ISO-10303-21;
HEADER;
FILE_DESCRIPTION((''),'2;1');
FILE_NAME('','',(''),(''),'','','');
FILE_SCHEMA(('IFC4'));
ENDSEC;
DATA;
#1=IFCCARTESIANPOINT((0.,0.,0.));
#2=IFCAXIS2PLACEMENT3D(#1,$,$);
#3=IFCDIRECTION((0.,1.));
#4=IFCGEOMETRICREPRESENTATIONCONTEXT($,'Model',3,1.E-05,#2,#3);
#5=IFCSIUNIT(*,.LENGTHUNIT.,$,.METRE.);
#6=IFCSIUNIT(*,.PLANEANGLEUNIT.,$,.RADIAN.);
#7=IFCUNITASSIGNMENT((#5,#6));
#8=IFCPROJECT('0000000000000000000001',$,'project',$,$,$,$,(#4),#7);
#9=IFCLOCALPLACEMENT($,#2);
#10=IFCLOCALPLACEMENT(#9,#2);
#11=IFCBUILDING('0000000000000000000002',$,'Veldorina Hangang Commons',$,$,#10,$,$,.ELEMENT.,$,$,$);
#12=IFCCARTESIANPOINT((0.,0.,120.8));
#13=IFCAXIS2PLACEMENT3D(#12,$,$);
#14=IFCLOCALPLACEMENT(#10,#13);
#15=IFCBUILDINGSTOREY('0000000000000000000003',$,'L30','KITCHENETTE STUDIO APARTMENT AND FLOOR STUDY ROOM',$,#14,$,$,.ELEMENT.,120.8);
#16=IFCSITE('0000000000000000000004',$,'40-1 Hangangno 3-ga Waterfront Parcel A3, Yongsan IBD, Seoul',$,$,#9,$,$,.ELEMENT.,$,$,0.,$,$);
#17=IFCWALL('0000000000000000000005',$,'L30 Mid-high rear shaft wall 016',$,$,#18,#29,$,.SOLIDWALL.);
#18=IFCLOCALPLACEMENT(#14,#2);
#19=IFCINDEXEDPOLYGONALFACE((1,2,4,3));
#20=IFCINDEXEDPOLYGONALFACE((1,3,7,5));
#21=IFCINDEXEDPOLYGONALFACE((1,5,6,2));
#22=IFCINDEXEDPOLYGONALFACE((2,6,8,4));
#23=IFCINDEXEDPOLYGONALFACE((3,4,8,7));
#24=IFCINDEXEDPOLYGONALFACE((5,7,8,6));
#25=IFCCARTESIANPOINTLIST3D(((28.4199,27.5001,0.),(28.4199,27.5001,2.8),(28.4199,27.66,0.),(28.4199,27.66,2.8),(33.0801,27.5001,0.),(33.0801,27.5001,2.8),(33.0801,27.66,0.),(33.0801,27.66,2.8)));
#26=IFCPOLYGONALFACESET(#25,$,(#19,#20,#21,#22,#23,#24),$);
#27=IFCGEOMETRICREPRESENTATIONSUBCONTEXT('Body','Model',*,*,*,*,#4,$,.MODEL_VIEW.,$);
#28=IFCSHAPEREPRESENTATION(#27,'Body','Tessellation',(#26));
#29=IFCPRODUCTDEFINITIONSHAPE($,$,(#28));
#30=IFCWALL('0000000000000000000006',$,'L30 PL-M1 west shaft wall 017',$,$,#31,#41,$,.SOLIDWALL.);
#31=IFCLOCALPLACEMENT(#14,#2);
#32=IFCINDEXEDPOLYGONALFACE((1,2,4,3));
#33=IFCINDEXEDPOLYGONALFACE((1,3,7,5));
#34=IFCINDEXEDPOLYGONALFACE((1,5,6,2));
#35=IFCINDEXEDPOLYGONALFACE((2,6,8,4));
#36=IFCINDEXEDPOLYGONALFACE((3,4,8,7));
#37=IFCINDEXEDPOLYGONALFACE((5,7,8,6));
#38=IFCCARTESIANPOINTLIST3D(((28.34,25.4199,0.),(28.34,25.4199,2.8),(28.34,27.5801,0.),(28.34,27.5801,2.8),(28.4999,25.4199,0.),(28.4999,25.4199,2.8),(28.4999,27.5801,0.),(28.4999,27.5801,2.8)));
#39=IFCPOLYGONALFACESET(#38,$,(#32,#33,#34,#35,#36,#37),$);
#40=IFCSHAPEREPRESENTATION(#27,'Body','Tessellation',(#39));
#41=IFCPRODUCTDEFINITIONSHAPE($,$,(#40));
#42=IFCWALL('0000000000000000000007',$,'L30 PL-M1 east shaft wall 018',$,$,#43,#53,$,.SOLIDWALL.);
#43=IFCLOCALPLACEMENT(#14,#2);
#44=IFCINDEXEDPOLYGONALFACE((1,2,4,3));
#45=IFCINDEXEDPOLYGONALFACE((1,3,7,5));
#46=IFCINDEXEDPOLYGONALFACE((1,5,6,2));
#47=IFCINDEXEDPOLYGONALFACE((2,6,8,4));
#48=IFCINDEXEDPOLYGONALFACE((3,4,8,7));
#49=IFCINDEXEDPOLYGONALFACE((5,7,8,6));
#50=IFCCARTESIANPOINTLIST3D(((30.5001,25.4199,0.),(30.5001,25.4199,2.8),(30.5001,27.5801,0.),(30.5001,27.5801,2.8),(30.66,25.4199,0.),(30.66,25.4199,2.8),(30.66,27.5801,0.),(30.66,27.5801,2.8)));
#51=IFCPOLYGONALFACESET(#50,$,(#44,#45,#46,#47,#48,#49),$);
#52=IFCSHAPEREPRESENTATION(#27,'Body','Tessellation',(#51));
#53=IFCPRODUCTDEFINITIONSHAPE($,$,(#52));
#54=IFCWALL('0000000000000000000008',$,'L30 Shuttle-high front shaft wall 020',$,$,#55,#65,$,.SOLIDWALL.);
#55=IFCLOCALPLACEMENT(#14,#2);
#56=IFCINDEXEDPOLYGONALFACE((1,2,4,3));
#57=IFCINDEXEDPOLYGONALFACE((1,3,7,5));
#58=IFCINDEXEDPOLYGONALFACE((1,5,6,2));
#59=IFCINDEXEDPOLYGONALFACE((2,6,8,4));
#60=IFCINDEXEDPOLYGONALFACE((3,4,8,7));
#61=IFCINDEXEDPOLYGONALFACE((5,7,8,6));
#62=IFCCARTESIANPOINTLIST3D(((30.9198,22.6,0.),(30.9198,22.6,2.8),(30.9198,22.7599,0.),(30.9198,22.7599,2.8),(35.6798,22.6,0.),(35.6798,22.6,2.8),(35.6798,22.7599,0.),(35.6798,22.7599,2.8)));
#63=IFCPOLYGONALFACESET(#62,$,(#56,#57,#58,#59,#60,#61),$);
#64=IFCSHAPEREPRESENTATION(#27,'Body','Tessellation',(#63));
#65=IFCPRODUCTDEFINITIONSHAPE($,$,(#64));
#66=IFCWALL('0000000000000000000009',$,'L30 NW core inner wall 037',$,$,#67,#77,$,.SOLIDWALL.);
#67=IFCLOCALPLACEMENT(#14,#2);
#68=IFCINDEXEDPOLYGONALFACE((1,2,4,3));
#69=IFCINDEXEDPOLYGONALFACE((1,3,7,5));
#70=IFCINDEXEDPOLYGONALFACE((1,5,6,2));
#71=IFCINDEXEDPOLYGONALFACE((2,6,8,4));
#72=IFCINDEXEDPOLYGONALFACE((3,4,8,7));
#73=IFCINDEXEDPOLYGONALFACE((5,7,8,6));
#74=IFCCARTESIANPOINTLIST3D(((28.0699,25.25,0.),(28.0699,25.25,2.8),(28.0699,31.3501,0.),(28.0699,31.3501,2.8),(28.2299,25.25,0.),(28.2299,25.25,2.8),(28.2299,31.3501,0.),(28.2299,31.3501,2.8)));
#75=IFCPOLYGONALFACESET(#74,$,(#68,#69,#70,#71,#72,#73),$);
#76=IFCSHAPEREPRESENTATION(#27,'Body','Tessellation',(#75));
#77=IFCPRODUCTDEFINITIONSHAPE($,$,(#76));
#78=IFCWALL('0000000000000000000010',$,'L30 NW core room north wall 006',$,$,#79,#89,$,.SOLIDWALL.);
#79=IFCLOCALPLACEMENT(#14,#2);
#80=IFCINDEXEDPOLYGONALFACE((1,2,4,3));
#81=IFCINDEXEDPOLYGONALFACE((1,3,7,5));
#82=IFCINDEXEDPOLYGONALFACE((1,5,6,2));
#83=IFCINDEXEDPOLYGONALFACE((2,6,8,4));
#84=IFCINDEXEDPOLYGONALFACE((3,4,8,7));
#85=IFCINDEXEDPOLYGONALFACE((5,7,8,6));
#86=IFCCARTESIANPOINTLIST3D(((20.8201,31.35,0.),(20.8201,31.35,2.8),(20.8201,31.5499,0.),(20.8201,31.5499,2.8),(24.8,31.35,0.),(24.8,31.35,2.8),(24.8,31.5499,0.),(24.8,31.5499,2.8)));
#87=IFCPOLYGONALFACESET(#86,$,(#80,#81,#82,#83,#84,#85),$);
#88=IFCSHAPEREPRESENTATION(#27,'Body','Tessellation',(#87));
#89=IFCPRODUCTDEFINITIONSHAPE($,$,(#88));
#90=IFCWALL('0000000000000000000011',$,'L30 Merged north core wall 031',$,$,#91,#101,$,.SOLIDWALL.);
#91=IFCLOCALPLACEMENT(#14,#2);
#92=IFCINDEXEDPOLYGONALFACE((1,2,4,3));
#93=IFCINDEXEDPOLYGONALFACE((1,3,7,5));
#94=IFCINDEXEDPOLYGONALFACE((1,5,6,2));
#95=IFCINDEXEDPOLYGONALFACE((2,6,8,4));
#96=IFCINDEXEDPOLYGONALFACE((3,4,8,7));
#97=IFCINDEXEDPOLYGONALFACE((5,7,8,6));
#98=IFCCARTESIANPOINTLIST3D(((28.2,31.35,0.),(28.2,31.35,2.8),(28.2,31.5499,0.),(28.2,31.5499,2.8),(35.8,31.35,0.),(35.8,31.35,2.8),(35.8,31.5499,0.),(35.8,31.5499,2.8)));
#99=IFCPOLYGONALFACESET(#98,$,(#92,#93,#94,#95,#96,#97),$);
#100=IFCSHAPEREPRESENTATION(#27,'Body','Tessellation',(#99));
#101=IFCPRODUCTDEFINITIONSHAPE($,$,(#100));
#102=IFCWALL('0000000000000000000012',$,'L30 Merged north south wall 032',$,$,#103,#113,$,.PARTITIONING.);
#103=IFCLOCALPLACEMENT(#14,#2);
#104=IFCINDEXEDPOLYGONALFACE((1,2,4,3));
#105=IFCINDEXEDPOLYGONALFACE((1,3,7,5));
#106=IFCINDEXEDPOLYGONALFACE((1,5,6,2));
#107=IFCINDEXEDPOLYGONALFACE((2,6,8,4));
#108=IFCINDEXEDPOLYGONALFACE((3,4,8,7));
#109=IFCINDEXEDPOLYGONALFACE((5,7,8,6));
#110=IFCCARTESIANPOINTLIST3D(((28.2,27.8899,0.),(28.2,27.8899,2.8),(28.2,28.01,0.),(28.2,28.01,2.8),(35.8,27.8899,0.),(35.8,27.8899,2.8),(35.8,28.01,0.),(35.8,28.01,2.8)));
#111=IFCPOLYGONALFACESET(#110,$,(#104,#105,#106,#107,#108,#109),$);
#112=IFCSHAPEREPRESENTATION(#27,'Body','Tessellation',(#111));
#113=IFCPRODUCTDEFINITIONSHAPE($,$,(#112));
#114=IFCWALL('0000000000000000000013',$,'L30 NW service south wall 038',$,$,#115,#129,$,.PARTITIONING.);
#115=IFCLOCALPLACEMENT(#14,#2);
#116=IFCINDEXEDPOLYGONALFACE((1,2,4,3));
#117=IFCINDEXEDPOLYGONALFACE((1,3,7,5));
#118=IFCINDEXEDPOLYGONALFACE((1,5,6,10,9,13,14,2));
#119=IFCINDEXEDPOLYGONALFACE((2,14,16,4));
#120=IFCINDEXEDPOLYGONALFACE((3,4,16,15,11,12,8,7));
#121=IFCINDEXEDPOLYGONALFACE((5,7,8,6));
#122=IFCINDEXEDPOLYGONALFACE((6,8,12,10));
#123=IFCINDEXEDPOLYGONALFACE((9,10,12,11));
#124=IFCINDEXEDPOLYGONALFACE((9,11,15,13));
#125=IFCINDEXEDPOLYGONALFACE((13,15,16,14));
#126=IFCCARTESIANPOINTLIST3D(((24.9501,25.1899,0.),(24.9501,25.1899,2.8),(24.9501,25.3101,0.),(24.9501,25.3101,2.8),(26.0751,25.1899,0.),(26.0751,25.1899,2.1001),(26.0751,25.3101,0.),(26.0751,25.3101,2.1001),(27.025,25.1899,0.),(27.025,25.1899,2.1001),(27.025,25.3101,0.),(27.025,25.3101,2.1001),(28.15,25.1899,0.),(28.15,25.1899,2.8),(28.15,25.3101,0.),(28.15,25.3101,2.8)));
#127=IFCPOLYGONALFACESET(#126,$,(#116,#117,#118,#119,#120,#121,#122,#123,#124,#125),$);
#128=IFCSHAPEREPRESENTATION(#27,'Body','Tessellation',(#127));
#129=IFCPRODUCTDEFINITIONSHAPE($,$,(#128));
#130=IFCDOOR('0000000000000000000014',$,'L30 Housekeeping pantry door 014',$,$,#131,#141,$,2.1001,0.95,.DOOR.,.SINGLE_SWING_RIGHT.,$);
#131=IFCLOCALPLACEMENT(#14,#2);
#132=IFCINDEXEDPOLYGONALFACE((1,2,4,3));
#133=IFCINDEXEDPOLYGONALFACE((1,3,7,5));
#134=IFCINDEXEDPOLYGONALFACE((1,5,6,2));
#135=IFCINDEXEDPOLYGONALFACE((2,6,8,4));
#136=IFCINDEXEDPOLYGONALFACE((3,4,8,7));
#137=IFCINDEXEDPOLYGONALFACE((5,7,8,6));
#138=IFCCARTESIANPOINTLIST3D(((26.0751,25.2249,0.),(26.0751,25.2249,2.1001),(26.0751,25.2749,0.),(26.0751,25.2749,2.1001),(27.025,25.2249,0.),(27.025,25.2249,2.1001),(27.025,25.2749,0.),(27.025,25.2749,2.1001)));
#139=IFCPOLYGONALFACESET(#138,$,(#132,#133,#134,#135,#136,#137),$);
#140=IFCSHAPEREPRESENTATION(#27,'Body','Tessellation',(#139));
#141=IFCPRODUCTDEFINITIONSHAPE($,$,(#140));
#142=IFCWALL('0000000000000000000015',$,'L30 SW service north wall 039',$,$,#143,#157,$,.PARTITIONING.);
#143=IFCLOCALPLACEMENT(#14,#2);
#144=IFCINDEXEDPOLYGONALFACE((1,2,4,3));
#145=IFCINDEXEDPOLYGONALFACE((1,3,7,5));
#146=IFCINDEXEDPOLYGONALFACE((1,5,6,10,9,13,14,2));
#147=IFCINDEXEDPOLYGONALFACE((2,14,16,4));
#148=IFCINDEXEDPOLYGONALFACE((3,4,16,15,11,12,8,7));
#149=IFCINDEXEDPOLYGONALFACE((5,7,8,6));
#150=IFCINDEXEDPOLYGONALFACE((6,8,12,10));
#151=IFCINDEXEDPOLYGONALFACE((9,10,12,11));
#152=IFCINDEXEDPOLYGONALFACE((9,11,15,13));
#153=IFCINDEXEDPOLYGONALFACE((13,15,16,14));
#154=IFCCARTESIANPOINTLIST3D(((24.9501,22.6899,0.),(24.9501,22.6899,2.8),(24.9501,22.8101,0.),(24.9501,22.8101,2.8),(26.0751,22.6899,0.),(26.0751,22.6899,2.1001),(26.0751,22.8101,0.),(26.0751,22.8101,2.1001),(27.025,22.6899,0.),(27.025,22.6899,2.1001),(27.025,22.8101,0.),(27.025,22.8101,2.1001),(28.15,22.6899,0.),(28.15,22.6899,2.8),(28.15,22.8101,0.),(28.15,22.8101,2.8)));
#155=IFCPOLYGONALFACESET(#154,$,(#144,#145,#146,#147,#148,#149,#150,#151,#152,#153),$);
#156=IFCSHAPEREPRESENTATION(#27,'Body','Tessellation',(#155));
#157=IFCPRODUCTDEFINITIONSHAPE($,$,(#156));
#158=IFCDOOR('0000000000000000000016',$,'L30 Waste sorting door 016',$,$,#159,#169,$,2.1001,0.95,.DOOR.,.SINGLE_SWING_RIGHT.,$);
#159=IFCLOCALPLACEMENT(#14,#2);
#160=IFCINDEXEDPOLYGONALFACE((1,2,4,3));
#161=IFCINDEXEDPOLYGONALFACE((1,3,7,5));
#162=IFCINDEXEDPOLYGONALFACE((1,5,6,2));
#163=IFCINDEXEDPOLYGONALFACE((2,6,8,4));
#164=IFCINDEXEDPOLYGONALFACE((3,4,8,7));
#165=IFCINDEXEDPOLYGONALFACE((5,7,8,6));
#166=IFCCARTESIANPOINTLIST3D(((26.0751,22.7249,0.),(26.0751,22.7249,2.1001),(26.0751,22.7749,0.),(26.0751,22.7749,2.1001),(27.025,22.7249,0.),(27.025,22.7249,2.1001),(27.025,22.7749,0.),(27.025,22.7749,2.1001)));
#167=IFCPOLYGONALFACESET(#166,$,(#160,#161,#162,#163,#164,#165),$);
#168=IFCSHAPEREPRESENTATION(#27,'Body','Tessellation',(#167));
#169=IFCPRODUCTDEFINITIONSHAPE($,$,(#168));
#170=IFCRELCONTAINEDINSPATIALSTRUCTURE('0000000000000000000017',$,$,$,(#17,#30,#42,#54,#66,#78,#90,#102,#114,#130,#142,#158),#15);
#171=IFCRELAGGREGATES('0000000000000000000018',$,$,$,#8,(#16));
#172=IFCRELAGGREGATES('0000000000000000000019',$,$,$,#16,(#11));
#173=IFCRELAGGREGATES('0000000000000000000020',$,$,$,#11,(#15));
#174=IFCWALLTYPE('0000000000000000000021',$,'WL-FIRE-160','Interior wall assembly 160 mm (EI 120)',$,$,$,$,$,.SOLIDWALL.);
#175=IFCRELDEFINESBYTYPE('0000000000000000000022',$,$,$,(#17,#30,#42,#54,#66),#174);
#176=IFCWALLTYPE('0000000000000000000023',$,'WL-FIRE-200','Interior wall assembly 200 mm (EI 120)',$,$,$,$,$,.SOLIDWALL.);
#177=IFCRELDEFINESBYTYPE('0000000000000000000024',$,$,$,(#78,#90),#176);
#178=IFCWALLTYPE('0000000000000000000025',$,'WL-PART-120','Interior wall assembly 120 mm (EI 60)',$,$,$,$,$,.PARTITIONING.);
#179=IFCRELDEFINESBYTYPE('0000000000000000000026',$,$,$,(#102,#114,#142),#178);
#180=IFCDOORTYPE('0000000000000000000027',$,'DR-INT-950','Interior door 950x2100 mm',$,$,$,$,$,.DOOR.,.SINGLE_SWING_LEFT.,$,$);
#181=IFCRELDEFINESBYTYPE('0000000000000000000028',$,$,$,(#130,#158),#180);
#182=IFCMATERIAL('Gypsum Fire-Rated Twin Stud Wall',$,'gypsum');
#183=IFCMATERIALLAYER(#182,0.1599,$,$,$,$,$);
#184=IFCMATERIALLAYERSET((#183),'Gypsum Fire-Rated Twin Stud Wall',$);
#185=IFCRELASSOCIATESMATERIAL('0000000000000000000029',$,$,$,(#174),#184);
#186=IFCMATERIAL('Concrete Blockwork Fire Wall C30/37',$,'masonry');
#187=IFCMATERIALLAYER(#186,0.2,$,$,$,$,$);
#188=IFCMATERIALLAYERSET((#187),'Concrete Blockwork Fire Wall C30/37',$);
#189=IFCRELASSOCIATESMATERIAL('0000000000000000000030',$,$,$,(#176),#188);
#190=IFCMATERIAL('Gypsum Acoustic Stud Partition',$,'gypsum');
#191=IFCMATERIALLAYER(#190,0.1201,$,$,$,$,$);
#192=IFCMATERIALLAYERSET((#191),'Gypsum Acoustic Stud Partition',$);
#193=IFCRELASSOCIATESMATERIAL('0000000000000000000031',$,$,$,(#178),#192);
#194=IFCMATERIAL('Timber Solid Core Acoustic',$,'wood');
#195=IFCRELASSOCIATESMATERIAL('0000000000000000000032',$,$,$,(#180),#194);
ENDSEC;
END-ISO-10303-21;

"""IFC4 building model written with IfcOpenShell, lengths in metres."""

from ifc_helpers import new_model, si_unit, direction, frame, frame_2d, origin, place, context, subcontext, project, spatial, rectangle, extrude, material, layer, layer_set, type_object, element, fill, save


model = new_model("IFC4")

# Units and contexts
model_context = context("Model", 3, precision=1e-05, world=origin(), true_north=direction((0.0, 1.0)))
body_context = subcontext(model_context, "Body", "Model", "MODEL_VIEW")
ifc_project = project(units=[si_unit("LENGTHUNIT", "METRE"), si_unit("PLANEANGLEUNIT", "RADIAN")], contexts=[model_context])

# Site, building, storey
site_placement = place(None, origin())
site = spatial("IfcSite", under=ifc_project, at=site_placement, Name="40-1 Hangangno 3-ga Waterfront Parcel A3, Yongsan IBD, Seoul", CompositionType="ELEMENT", RefElevation=0.0)
building_placement = place(site_placement, origin())
building = spatial("IfcBuilding", under=site, at=building_placement, Name="Veldorina Hangang Commons", CompositionType="ELEMENT")
storey_placement = place(building_placement, frame((0.0, 0.0, 120.8)))
storey = spatial("IfcBuildingStorey", under=building, at=storey_placement, Name="L30", Description="KITCHENETTE STUDIO APARTMENT AND FLOOR STUDY ROOM", CompositionType="ELEMENT", Elevation=120.8)

# Shared definitions
ifc_material_1 = material(Name="Gypsum Fire-Rated Twin Stud Wall", Category="gypsum")
ifc_layer_1 = layer(ifc_material_1, 0.1599)
ifc_layer_set_1 = layer_set([ifc_layer_1], Name="Gypsum Fire-Rated Twin Stud Wall")
wall_type_1 = type_object("IfcWallType", Name="WL-FIRE-160", Description="Interior wall assembly 160 mm (EI 120)", PredefinedType="SOLIDWALL", material=ifc_layer_set_1)

# Walls
wall_1_placement = place(storey_placement, frame((28.4199, 27.5801, 0.0), z_axis=(0.0, 0.0, 1.0), x_axis=(1.0, 0.0, 0.0)))
element("IfcWall", 1, at=wall_1_placement, inside=storey, type_object=wall_type_1, Name="L30 Mid-high rear shaft wall 016", PredefinedType="SOLIDWALL", context=body_context, shape_type="SweptSolid", body=[
    extrude(rectangle(XDim=4.6602, YDim=0.1599, at=frame_2d((2.3301, 0.0))), origin(), (0.0, 0.0, 1.0), 2.8),
])
for number, where, z_axis, x_axis, name in (
    (2, (28.4199, 25.4199, 0.0), (0.0, 0.0, 1.0), (0.0, 1.0, 0.0), "L30 PL-M1 west shaft wall 017"),
    (3, (30.5801, 25.4199, 0.0), (0.0, 0.0, 1.0), (0.0, 1.0, 0.0), "L30 PL-M1 east shaft wall 018"),
):
    element("IfcWall", number, at=place(storey_placement, frame(where, z_axis=z_axis, x_axis=x_axis)), inside=storey, type_object=wall_type_1, Name=name, PredefinedType="SOLIDWALL", context=body_context, shape_type="SweptSolid", body=[
        extrude(rectangle(XDim=2.1602, YDim=0.1599, at=frame_2d((1.0801, 0.0))), origin(), (0.0, 0.0, 1.0), 2.8),
    ])
wall_2_placement = place(storey_placement, frame((30.9199, 22.6799, 0.0), z_axis=(0.0, 0.0, 1.0), x_axis=(1.0, 0.0, 0.0)))
element("IfcWall", 4, at=wall_2_placement, inside=storey, type_object=wall_type_1, Name="L30 Shuttle-high front shaft wall 020", PredefinedType="SOLIDWALL", context=body_context, shape_type="SweptSolid", body=[
    extrude(rectangle(XDim=4.76, YDim=0.1599, at=frame_2d((2.3799, 0.0))), origin(), (0.0, 0.0, 1.0), 2.8),
])
wall_3_placement = place(storey_placement, frame((28.1499, 25.25, 0.0), z_axis=(0.0, 0.0, 1.0), x_axis=(0.0, 1.0, 0.0)))
element("IfcWall", 5, at=wall_3_placement, inside=storey, type_object=wall_type_1, Name="L30 NW core inner wall 037", PredefinedType="SOLIDWALL", context=body_context, shape_type="SweptSolid", body=[
    extrude(rectangle(XDim=6.1001, YDim=0.1599, at=frame_2d((3.05, 0.0))), origin(), (0.0, 0.0, 1.0), 2.8),
])
ifc_material_2 = material(Name="Concrete Blockwork Fire Wall C30/37", Category="masonry")
ifc_layer_2 = layer(ifc_material_2, 0.2)
ifc_layer_set_2 = layer_set([ifc_layer_2], Name="Concrete Blockwork Fire Wall C30/37")
wall_type_2 = type_object("IfcWallType", Name="WL-FIRE-200", Description="Interior wall assembly 200 mm (EI 120)", PredefinedType="SOLIDWALL", material=ifc_layer_set_2)
wall_4_placement = place(storey_placement, frame((20.8201, 31.45, 0.0), z_axis=(0.0, 0.0, 1.0), x_axis=(1.0, 0.0, 0.0)))
element("IfcWall", 6, at=wall_4_placement, inside=storey, type_object=wall_type_2, Name="L30 NW core room north wall 006", PredefinedType="SOLIDWALL", context=body_context, shape_type="SweptSolid", body=[
    extrude(rectangle(XDim=3.98, YDim=0.2, at=frame_2d((1.99, 0.0))), origin(), (0.0, 0.0, 1.0), 2.8),
])
wall_5_placement = place(storey_placement, frame((28.2, 31.45, 0.0), z_axis=(0.0, 0.0, 1.0), x_axis=(1.0, 0.0, 0.0)))
element("IfcWall", 7, at=wall_5_placement, inside=storey, type_object=wall_type_2, Name="L30 Merged north core wall 031", PredefinedType="SOLIDWALL", context=body_context, shape_type="SweptSolid", body=[
    extrude(rectangle(XDim=7.6001, YDim=0.2, at=frame_2d((3.8, 0.0))), origin(), (0.0, 0.0, 1.0), 2.8),
])
ifc_material_3 = material(Name="Gypsum Acoustic Stud Partition", Category="gypsum")
ifc_layer_3 = layer(ifc_material_3, 0.1201)
ifc_layer_set_3 = layer_set([ifc_layer_3], Name="Gypsum Acoustic Stud Partition")
wall_type_3 = type_object("IfcWallType", Name="WL-PART-120", Description="Interior wall assembly 120 mm (EI 60)", PredefinedType="PARTITIONING", material=ifc_layer_set_3)
wall_6_placement = place(storey_placement, frame((28.2, 27.95, 0.0), z_axis=(0.0, 0.0, 1.0), x_axis=(1.0, 0.0, 0.0)))
element("IfcWall", 8, at=wall_6_placement, inside=storey, type_object=wall_type_3, Name="L30 Merged north south wall 032", PredefinedType="PARTITIONING", context=body_context, shape_type="SweptSolid", body=[
    extrude(rectangle(XDim=7.6001, YDim=0.1201, at=frame_2d((3.8, 0.0))), origin(), (0.0, 0.0, 1.0), 2.8),
])

# Walls, openings, doors
wall_7_placement = place(storey_placement, frame((24.95, 25.25, 0.0), z_axis=(0.0, 0.0, 1.0), x_axis=(1.0, 0.0, 0.0)))
wall_7 = element("IfcWall", 9, at=wall_7_placement, inside=storey, type_object=wall_type_3, Name="L30 NW service south wall 038", PredefinedType="PARTITIONING", context=body_context, shape_type="SweptSolid", body=[
    extrude(rectangle(XDim=3.2, YDim=0.1201, at=frame_2d((1.6001, 0.0))), origin(), (0.0, 0.0, 1.0), 2.8),
])
opening_1_placement = place(wall_7_placement, frame((1.125, 0.0, 0.0)))
opening_1 = element("IfcOpeningElement", 10, at=opening_1_placement, cuts=wall_7, PredefinedType="OPENING", context=body_context, shape_type="SweptSolid", body=[
    extrude(rectangle(XDim=0.95, YDim=2.1001, at=frame_2d((0.4751, 1.05))), frame((0.0, 0.0701, 0.0), z_axis=(0.0, -1.0, 0.0), x_axis=(1.0, 0.0, 0.0)), (0.0, 0.0, 1.0), 0.1401),
])
ifc_material_4 = material(Name="Timber Solid Core Acoustic", Category="wood")
door_type_1 = type_object("IfcDoorType", Name="DR-INT-950", Description="Interior door 950x2100 mm", OperationType="SINGLE_SWING_LEFT", PredefinedType="DOOR", material=ifc_material_4)
door_1_placement = place(opening_1_placement, origin())
door_1 = element("IfcDoor", 11, at=door_1_placement, inside=storey, type_object=door_type_1, Name="L30 Housekeeping pantry door 014", OperationType="SINGLE_SWING_RIGHT", OverallHeight=2.1001, OverallWidth=0.95, PredefinedType="DOOR", context=body_context, shape_type="SweptSolid", body=[
    extrude(rectangle(XDim=0.95, YDim=2.1001, at=frame_2d((0.4751, 1.05))), frame((0.0, 0.0249, 0.0), z_axis=(0.0, -1.0, 0.0), x_axis=(1.0, 0.0, 0.0)), (0.0, 0.0, 1.0), 0.05),
])
fill(opening_1, door_1)
wall_8_placement = place(storey_placement, frame((24.95, 22.75, 0.0), z_axis=(0.0, 0.0, 1.0), x_axis=(1.0, 0.0, 0.0)))
wall_8 = element("IfcWall", 12, at=wall_8_placement, inside=storey, type_object=wall_type_3, Name="L30 SW service north wall 039", PredefinedType="PARTITIONING", context=body_context, shape_type="SweptSolid", body=[
    extrude(rectangle(XDim=3.2, YDim=0.1201, at=frame_2d((1.6001, 0.0))), origin(), (0.0, 0.0, 1.0), 2.8),
])
opening_2_placement = place(wall_8_placement, frame((1.125, 0.0, 0.0)))
opening_2 = element("IfcOpeningElement", 13, at=opening_2_placement, cuts=wall_8, PredefinedType="OPENING", context=body_context, shape_type="SweptSolid", body=[
    extrude(rectangle(XDim=0.95, YDim=2.1001, at=frame_2d((0.4751, 1.05))), frame((0.0, 0.0701, 0.0), z_axis=(0.0, -1.0, 0.0), x_axis=(1.0, 0.0, 0.0)), (0.0, 0.0, 1.0), 0.1401),
])
door_2_placement = place(opening_2_placement, origin())
door_2 = element("IfcDoor", 14, at=door_2_placement, inside=storey, type_object=door_type_1, Name="L30 Waste sorting door 016", OperationType="SINGLE_SWING_RIGHT", OverallHeight=2.1001, OverallWidth=0.95, PredefinedType="DOOR", context=body_context, shape_type="SweptSolid", body=[
    extrude(rectangle(XDim=0.95, YDim=2.1001, at=frame_2d((0.4751, 1.05))), frame((0.0, 0.0249, 0.0), z_axis=(0.0, -1.0, 0.0), x_axis=(1.0, 0.0, 0.0)), (0.0, 0.0, 1.0), 0.05),
])
fill(opening_2, door_2)

save(model, "model.ifc")
